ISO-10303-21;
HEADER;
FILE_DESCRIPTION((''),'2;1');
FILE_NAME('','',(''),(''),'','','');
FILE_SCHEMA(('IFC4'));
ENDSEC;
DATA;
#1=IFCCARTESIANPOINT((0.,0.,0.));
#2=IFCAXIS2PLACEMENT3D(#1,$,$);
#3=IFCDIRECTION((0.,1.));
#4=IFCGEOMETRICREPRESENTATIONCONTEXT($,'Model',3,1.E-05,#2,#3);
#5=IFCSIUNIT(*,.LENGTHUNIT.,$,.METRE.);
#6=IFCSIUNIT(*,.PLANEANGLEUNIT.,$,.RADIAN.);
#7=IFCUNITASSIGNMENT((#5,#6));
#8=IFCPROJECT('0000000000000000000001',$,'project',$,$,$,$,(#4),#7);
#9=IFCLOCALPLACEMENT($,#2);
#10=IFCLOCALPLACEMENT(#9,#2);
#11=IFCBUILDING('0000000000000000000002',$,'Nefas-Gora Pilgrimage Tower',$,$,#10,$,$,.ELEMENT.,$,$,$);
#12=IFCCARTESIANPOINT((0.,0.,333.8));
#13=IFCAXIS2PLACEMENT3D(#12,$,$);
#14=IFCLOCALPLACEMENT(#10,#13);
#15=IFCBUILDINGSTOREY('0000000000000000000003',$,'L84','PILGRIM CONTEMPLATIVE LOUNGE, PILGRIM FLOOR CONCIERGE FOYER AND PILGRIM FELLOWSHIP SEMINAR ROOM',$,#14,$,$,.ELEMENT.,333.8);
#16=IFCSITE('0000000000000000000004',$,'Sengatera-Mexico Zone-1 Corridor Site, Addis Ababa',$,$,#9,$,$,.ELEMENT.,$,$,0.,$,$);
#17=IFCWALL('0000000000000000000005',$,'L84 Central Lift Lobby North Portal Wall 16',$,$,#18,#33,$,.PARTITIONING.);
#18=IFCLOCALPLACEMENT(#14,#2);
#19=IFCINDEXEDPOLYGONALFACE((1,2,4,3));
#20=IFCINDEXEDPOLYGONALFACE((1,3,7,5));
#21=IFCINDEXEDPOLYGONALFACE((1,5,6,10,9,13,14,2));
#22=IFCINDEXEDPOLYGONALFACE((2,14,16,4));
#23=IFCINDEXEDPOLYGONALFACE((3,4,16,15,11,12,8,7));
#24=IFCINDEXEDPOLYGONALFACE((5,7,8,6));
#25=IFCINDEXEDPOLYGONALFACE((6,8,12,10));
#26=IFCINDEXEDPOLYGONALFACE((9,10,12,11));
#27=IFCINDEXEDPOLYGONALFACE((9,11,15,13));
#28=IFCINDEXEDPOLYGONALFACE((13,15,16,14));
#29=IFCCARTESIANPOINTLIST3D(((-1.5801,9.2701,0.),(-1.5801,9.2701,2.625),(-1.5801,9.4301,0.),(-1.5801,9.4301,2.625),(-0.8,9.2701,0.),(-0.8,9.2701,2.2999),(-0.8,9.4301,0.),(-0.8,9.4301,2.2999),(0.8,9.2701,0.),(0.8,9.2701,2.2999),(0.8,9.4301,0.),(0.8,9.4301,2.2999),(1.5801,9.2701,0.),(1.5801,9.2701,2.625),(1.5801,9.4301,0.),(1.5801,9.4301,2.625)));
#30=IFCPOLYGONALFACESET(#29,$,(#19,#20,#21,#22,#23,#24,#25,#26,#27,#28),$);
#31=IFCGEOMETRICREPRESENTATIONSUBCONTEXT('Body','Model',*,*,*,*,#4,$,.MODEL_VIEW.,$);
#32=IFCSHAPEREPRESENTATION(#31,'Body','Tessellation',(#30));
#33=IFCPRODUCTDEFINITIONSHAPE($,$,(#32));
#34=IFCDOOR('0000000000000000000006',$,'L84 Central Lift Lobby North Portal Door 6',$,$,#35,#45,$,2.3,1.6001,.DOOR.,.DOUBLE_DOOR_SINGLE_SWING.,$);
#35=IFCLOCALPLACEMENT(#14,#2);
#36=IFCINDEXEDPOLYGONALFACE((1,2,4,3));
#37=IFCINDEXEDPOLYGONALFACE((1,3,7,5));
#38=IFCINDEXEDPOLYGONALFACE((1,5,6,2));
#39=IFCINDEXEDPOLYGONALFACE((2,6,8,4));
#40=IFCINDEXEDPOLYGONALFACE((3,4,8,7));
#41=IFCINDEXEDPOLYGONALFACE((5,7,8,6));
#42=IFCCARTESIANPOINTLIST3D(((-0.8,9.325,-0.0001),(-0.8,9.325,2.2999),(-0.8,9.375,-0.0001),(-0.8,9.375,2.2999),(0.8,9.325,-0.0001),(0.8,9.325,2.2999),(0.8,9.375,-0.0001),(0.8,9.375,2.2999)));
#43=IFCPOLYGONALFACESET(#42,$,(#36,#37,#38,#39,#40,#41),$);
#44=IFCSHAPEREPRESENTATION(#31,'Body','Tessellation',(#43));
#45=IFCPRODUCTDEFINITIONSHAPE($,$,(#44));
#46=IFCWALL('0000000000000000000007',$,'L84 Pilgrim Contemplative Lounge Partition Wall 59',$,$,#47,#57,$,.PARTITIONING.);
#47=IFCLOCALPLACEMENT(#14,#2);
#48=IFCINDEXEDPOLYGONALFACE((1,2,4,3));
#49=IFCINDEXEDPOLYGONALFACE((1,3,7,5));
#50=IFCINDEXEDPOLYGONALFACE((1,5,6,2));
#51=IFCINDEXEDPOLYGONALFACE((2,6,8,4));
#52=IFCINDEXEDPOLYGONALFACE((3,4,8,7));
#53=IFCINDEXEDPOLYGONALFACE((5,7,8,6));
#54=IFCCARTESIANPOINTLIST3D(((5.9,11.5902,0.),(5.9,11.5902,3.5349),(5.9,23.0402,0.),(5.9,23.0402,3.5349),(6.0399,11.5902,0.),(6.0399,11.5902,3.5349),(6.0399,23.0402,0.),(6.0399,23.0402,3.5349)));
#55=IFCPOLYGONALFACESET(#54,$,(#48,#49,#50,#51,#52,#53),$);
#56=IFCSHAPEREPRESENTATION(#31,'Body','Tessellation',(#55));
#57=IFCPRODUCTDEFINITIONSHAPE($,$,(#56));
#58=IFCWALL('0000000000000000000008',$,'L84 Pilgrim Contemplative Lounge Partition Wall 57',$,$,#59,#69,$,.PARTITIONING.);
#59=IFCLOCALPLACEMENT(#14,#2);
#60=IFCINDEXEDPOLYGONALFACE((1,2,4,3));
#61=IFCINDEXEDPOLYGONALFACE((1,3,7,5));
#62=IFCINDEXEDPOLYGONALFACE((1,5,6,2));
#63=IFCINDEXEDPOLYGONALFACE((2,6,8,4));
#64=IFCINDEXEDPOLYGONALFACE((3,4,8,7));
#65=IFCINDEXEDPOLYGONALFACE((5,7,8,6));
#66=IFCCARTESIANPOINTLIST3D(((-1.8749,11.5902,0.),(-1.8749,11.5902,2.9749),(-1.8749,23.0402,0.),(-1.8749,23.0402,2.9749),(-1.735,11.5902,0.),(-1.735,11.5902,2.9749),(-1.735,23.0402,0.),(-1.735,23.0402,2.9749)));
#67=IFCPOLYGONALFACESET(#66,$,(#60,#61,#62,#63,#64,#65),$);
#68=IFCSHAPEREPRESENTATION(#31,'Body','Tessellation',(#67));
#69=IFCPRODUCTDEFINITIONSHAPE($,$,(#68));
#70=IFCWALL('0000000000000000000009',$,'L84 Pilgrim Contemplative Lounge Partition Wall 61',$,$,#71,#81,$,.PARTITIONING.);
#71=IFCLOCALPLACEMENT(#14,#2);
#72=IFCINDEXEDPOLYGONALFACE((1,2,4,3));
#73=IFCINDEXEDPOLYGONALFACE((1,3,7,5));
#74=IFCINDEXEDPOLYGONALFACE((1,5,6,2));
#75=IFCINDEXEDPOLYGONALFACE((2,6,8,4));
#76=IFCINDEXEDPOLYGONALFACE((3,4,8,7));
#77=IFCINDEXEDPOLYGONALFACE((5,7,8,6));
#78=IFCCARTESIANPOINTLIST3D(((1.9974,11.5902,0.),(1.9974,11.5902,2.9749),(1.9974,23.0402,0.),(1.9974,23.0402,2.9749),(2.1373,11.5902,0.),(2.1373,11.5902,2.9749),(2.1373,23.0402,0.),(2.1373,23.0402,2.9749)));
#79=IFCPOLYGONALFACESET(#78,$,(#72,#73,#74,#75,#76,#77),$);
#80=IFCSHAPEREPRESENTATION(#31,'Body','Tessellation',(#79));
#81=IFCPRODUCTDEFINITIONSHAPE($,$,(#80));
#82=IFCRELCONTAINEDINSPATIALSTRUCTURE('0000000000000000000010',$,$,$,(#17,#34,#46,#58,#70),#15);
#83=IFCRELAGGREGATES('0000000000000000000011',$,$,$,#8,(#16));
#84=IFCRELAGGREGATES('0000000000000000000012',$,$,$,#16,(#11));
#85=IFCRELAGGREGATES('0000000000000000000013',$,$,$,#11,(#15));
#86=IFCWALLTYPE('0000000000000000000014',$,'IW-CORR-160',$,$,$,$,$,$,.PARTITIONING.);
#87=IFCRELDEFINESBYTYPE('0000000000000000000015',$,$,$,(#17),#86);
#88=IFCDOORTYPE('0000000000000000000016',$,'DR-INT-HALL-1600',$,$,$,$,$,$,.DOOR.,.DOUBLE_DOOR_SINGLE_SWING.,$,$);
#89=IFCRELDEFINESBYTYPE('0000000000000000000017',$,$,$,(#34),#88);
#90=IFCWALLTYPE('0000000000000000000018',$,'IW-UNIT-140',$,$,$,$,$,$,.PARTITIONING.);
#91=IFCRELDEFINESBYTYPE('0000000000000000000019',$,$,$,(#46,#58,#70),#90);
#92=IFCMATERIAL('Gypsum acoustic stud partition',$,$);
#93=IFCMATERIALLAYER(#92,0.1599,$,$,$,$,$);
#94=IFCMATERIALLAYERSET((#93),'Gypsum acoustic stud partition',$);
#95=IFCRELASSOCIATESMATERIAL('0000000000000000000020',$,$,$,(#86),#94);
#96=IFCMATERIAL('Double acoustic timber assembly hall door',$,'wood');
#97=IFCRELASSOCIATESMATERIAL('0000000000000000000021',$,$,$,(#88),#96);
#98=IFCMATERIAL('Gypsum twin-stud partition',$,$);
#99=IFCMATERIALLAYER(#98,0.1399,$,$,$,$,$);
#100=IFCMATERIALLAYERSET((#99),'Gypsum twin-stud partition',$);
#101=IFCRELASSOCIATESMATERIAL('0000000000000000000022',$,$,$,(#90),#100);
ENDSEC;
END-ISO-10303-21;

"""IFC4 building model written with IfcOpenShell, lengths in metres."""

from ifc_helpers import new_model, si_unit, direction, frame, frame_2d, origin, place, context, subcontext, project, spatial, rectangle, extrude, source, transform, mapped, material, layer, layer_set, type_object, element, fill, save


model = new_model("IFC4")

# Units and contexts
model_context = context("Model", 3, precision=1e-05, world=origin(), true_north=direction((0.0, 1.0)))
body_context = subcontext(model_context, "Body", "Model", "MODEL_VIEW")
ifc_project = project(units=[si_unit("LENGTHUNIT", "METRE"), si_unit("PLANEANGLEUNIT", "RADIAN")], contexts=[model_context])

# Site, building, storey
site_placement = place(None, origin())
site = spatial("IfcSite", under=ifc_project, at=site_placement, Name="Sengatera-Mexico Zone-1 Corridor Site, Addis Ababa", CompositionType="ELEMENT", RefElevation=0.0)
building_placement = place(site_placement, origin())
building = spatial("IfcBuilding", under=site, at=building_placement, Name="Nefas-Gora Pilgrimage Tower", CompositionType="ELEMENT")
storey_placement = place(building_placement, frame((0.0, 0.0, 333.8)))
storey = spatial("IfcBuildingStorey", under=building, at=storey_placement, Name="L84", Description="PILGRIM CONTEMPLATIVE LOUNGE, PILGRIM FLOOR CONCIERGE FOYER AND PILGRIM FELLOWSHIP SEMINAR ROOM", CompositionType="ELEMENT", Elevation=333.8)

# Wall, opening, door
ifc_material_1 = material(Name="Gypsum acoustic stud partition")
ifc_layer_1 = layer(ifc_material_1, 0.1599)
ifc_layer_set_1 = layer_set([ifc_layer_1], Name="Gypsum acoustic stud partition")
wall_type_1 = type_object("IfcWallType", Name="IW-CORR-160", PredefinedType="PARTITIONING", material=ifc_layer_set_1)
shared_shape_1 = source(origin(), body_context, "Body", "SweptSolid", [
    extrude(rectangle(XDim=3.1602, YDim=0.1599, at=frame_2d((1.5801, 0.0))), origin(), (0.0, 0.0, 1.0), 2.625),
])
wall_1_placement = place(storey_placement, frame((-1.5801, 9.3501, 0.0), z_axis=(0.0, 0.0, 1.0), x_axis=(1.0, 0.0, 0.0)))
wall_1 = element("IfcWall", 1, at=wall_1_placement, inside=storey, type_object=wall_type_1, Name="L84 Central Lift Lobby North Portal Wall 16", PredefinedType="PARTITIONING", context=body_context, shape_type="MappedRepresentation", body=[
    mapped(shared_shape_1, transform((0.0, 0.0, 0.0), x_axis=(1.0, 0.0, 0.0), y_axis=(0.0, 1.0, 0.0), z_axis=(0.0, 0.0, 1.0), scale=1.0)),
])
opening_1_placement = place(wall_1_placement, frame((0.78, 0.0, 0.0)))
opening_1 = element("IfcOpeningElement", 2, at=opening_1_placement, cuts=wall_1, PredefinedType="OPENING", context=body_context, shape_type="SweptSolid", body=[
    extrude(rectangle(XDim=1.6001, YDim=2.3, at=frame_2d((0.8, 1.1499))), frame((0.0, 0.0898, 0.0), z_axis=(0.0, -1.0, 0.0), x_axis=(1.0, 0.0, 0.0)), (0.0, 0.0, 1.0), 0.1799),
])
ifc_material_2 = material(Name="Double acoustic timber assembly hall door", Category="wood")
door_type_1 = type_object("IfcDoorType", Name="DR-INT-HALL-1600", OperationType="DOUBLE_DOOR_SINGLE_SWING", PredefinedType="DOOR", material=ifc_material_2)
shared_shape_2 = source(origin(), body_context, "Body", "SweptSolid", [
    extrude(rectangle(XDim=1.6001, YDim=2.3, at=frame_2d((0.8, 1.1499))), frame((0.0, 0.0249, 0.0), z_axis=(0.0, -1.0, 0.0), x_axis=(1.0, 0.0, 0.0)), (0.0, 0.0, 1.0), 0.05),
])
door_1_placement = place(opening_1_placement, origin())
door_1 = element("IfcDoor", 3, at=door_1_placement, inside=storey, type_object=door_type_1, Name="L84 Central Lift Lobby North Portal Door 6", OperationType="DOUBLE_DOOR_SINGLE_SWING", OverallHeight=2.3, OverallWidth=1.6001, PredefinedType="DOOR", context=body_context, shape_type="MappedRepresentation", body=[
    mapped(shared_shape_2, transform((0.0, 0.0, 0.0), x_axis=(1.0, 0.0, 0.0), y_axis=(0.0, 1.0, 0.0), z_axis=(0.0, 0.0, 1.0), scale=1.0)),
])
fill(opening_1, door_1)

# Walls
ifc_material_3 = material(Name="Gypsum twin-stud partition")
ifc_layer_2 = layer(ifc_material_3, 0.1399)
ifc_layer_set_2 = layer_set([ifc_layer_2], Name="Gypsum twin-stud partition")
wall_type_2 = type_object("IfcWallType", Name="IW-UNIT-140", PredefinedType="PARTITIONING", material=ifc_layer_set_2)
shared_shape_3 = source(origin(), body_context, "Body", "SweptSolid", [
    extrude(rectangle(XDim=11.45, YDim=0.1399, at=frame_2d((5.7251, 0.0))), origin(), (0.0, 0.0, 1.0), 3.5349),
])
wall_2_placement = place(storey_placement, frame((5.97, 11.5901, 0.0), z_axis=(0.0, 0.0, 1.0), x_axis=(0.0, 1.0, 0.0)))
element("IfcWall", 4, at=wall_2_placement, inside=storey, type_object=wall_type_2, Name="L84 Pilgrim Contemplative Lounge Partition Wall 59", PredefinedType="PARTITIONING", context=body_context, shape_type="MappedRepresentation", body=[
    mapped(shared_shape_3, transform((0.0, 0.0, 0.0), x_axis=(1.0, 0.0, 0.0), y_axis=(0.0, 1.0, 0.0), z_axis=(0.0, 0.0, 1.0), scale=1.0)),
])
shared_shape_4 = source(origin(), body_context, "Body", "SweptSolid", [
    extrude(rectangle(XDim=11.45, YDim=0.1399, at=frame_2d((5.7251, 0.0))), origin(), (0.0, 0.0, 1.0), 2.9749),
])
for number, where, z_axis, x_axis, name in (
    (5, (-1.8049, 11.5901, 0.0), (0.0, 0.0, 1.0), (0.0, 1.0, 0.0), "L84 Pilgrim Contemplative Lounge Partition Wall 57"),
    (6, (2.0674, 11.5901, 0.0), (0.0, 0.0, 1.0), (0.0, 1.0, 0.0), "L84 Pilgrim Contemplative Lounge Partition Wall 61"),
):
    element("IfcWall", number, at=place(storey_placement, frame(where, z_axis=z_axis, x_axis=x_axis)), inside=storey, type_object=wall_type_2, Name=name, PredefinedType="PARTITIONING", context=body_context, shape_type="MappedRepresentation", body=[
        mapped(shared_shape_4, transform((0.0, 0.0, 0.0), x_axis=(1.0, 0.0, 0.0), y_axis=(0.0, 1.0, 0.0), z_axis=(0.0, 0.0, 1.0), scale=1.0)),
    ])

save(model, "model.ifc")
